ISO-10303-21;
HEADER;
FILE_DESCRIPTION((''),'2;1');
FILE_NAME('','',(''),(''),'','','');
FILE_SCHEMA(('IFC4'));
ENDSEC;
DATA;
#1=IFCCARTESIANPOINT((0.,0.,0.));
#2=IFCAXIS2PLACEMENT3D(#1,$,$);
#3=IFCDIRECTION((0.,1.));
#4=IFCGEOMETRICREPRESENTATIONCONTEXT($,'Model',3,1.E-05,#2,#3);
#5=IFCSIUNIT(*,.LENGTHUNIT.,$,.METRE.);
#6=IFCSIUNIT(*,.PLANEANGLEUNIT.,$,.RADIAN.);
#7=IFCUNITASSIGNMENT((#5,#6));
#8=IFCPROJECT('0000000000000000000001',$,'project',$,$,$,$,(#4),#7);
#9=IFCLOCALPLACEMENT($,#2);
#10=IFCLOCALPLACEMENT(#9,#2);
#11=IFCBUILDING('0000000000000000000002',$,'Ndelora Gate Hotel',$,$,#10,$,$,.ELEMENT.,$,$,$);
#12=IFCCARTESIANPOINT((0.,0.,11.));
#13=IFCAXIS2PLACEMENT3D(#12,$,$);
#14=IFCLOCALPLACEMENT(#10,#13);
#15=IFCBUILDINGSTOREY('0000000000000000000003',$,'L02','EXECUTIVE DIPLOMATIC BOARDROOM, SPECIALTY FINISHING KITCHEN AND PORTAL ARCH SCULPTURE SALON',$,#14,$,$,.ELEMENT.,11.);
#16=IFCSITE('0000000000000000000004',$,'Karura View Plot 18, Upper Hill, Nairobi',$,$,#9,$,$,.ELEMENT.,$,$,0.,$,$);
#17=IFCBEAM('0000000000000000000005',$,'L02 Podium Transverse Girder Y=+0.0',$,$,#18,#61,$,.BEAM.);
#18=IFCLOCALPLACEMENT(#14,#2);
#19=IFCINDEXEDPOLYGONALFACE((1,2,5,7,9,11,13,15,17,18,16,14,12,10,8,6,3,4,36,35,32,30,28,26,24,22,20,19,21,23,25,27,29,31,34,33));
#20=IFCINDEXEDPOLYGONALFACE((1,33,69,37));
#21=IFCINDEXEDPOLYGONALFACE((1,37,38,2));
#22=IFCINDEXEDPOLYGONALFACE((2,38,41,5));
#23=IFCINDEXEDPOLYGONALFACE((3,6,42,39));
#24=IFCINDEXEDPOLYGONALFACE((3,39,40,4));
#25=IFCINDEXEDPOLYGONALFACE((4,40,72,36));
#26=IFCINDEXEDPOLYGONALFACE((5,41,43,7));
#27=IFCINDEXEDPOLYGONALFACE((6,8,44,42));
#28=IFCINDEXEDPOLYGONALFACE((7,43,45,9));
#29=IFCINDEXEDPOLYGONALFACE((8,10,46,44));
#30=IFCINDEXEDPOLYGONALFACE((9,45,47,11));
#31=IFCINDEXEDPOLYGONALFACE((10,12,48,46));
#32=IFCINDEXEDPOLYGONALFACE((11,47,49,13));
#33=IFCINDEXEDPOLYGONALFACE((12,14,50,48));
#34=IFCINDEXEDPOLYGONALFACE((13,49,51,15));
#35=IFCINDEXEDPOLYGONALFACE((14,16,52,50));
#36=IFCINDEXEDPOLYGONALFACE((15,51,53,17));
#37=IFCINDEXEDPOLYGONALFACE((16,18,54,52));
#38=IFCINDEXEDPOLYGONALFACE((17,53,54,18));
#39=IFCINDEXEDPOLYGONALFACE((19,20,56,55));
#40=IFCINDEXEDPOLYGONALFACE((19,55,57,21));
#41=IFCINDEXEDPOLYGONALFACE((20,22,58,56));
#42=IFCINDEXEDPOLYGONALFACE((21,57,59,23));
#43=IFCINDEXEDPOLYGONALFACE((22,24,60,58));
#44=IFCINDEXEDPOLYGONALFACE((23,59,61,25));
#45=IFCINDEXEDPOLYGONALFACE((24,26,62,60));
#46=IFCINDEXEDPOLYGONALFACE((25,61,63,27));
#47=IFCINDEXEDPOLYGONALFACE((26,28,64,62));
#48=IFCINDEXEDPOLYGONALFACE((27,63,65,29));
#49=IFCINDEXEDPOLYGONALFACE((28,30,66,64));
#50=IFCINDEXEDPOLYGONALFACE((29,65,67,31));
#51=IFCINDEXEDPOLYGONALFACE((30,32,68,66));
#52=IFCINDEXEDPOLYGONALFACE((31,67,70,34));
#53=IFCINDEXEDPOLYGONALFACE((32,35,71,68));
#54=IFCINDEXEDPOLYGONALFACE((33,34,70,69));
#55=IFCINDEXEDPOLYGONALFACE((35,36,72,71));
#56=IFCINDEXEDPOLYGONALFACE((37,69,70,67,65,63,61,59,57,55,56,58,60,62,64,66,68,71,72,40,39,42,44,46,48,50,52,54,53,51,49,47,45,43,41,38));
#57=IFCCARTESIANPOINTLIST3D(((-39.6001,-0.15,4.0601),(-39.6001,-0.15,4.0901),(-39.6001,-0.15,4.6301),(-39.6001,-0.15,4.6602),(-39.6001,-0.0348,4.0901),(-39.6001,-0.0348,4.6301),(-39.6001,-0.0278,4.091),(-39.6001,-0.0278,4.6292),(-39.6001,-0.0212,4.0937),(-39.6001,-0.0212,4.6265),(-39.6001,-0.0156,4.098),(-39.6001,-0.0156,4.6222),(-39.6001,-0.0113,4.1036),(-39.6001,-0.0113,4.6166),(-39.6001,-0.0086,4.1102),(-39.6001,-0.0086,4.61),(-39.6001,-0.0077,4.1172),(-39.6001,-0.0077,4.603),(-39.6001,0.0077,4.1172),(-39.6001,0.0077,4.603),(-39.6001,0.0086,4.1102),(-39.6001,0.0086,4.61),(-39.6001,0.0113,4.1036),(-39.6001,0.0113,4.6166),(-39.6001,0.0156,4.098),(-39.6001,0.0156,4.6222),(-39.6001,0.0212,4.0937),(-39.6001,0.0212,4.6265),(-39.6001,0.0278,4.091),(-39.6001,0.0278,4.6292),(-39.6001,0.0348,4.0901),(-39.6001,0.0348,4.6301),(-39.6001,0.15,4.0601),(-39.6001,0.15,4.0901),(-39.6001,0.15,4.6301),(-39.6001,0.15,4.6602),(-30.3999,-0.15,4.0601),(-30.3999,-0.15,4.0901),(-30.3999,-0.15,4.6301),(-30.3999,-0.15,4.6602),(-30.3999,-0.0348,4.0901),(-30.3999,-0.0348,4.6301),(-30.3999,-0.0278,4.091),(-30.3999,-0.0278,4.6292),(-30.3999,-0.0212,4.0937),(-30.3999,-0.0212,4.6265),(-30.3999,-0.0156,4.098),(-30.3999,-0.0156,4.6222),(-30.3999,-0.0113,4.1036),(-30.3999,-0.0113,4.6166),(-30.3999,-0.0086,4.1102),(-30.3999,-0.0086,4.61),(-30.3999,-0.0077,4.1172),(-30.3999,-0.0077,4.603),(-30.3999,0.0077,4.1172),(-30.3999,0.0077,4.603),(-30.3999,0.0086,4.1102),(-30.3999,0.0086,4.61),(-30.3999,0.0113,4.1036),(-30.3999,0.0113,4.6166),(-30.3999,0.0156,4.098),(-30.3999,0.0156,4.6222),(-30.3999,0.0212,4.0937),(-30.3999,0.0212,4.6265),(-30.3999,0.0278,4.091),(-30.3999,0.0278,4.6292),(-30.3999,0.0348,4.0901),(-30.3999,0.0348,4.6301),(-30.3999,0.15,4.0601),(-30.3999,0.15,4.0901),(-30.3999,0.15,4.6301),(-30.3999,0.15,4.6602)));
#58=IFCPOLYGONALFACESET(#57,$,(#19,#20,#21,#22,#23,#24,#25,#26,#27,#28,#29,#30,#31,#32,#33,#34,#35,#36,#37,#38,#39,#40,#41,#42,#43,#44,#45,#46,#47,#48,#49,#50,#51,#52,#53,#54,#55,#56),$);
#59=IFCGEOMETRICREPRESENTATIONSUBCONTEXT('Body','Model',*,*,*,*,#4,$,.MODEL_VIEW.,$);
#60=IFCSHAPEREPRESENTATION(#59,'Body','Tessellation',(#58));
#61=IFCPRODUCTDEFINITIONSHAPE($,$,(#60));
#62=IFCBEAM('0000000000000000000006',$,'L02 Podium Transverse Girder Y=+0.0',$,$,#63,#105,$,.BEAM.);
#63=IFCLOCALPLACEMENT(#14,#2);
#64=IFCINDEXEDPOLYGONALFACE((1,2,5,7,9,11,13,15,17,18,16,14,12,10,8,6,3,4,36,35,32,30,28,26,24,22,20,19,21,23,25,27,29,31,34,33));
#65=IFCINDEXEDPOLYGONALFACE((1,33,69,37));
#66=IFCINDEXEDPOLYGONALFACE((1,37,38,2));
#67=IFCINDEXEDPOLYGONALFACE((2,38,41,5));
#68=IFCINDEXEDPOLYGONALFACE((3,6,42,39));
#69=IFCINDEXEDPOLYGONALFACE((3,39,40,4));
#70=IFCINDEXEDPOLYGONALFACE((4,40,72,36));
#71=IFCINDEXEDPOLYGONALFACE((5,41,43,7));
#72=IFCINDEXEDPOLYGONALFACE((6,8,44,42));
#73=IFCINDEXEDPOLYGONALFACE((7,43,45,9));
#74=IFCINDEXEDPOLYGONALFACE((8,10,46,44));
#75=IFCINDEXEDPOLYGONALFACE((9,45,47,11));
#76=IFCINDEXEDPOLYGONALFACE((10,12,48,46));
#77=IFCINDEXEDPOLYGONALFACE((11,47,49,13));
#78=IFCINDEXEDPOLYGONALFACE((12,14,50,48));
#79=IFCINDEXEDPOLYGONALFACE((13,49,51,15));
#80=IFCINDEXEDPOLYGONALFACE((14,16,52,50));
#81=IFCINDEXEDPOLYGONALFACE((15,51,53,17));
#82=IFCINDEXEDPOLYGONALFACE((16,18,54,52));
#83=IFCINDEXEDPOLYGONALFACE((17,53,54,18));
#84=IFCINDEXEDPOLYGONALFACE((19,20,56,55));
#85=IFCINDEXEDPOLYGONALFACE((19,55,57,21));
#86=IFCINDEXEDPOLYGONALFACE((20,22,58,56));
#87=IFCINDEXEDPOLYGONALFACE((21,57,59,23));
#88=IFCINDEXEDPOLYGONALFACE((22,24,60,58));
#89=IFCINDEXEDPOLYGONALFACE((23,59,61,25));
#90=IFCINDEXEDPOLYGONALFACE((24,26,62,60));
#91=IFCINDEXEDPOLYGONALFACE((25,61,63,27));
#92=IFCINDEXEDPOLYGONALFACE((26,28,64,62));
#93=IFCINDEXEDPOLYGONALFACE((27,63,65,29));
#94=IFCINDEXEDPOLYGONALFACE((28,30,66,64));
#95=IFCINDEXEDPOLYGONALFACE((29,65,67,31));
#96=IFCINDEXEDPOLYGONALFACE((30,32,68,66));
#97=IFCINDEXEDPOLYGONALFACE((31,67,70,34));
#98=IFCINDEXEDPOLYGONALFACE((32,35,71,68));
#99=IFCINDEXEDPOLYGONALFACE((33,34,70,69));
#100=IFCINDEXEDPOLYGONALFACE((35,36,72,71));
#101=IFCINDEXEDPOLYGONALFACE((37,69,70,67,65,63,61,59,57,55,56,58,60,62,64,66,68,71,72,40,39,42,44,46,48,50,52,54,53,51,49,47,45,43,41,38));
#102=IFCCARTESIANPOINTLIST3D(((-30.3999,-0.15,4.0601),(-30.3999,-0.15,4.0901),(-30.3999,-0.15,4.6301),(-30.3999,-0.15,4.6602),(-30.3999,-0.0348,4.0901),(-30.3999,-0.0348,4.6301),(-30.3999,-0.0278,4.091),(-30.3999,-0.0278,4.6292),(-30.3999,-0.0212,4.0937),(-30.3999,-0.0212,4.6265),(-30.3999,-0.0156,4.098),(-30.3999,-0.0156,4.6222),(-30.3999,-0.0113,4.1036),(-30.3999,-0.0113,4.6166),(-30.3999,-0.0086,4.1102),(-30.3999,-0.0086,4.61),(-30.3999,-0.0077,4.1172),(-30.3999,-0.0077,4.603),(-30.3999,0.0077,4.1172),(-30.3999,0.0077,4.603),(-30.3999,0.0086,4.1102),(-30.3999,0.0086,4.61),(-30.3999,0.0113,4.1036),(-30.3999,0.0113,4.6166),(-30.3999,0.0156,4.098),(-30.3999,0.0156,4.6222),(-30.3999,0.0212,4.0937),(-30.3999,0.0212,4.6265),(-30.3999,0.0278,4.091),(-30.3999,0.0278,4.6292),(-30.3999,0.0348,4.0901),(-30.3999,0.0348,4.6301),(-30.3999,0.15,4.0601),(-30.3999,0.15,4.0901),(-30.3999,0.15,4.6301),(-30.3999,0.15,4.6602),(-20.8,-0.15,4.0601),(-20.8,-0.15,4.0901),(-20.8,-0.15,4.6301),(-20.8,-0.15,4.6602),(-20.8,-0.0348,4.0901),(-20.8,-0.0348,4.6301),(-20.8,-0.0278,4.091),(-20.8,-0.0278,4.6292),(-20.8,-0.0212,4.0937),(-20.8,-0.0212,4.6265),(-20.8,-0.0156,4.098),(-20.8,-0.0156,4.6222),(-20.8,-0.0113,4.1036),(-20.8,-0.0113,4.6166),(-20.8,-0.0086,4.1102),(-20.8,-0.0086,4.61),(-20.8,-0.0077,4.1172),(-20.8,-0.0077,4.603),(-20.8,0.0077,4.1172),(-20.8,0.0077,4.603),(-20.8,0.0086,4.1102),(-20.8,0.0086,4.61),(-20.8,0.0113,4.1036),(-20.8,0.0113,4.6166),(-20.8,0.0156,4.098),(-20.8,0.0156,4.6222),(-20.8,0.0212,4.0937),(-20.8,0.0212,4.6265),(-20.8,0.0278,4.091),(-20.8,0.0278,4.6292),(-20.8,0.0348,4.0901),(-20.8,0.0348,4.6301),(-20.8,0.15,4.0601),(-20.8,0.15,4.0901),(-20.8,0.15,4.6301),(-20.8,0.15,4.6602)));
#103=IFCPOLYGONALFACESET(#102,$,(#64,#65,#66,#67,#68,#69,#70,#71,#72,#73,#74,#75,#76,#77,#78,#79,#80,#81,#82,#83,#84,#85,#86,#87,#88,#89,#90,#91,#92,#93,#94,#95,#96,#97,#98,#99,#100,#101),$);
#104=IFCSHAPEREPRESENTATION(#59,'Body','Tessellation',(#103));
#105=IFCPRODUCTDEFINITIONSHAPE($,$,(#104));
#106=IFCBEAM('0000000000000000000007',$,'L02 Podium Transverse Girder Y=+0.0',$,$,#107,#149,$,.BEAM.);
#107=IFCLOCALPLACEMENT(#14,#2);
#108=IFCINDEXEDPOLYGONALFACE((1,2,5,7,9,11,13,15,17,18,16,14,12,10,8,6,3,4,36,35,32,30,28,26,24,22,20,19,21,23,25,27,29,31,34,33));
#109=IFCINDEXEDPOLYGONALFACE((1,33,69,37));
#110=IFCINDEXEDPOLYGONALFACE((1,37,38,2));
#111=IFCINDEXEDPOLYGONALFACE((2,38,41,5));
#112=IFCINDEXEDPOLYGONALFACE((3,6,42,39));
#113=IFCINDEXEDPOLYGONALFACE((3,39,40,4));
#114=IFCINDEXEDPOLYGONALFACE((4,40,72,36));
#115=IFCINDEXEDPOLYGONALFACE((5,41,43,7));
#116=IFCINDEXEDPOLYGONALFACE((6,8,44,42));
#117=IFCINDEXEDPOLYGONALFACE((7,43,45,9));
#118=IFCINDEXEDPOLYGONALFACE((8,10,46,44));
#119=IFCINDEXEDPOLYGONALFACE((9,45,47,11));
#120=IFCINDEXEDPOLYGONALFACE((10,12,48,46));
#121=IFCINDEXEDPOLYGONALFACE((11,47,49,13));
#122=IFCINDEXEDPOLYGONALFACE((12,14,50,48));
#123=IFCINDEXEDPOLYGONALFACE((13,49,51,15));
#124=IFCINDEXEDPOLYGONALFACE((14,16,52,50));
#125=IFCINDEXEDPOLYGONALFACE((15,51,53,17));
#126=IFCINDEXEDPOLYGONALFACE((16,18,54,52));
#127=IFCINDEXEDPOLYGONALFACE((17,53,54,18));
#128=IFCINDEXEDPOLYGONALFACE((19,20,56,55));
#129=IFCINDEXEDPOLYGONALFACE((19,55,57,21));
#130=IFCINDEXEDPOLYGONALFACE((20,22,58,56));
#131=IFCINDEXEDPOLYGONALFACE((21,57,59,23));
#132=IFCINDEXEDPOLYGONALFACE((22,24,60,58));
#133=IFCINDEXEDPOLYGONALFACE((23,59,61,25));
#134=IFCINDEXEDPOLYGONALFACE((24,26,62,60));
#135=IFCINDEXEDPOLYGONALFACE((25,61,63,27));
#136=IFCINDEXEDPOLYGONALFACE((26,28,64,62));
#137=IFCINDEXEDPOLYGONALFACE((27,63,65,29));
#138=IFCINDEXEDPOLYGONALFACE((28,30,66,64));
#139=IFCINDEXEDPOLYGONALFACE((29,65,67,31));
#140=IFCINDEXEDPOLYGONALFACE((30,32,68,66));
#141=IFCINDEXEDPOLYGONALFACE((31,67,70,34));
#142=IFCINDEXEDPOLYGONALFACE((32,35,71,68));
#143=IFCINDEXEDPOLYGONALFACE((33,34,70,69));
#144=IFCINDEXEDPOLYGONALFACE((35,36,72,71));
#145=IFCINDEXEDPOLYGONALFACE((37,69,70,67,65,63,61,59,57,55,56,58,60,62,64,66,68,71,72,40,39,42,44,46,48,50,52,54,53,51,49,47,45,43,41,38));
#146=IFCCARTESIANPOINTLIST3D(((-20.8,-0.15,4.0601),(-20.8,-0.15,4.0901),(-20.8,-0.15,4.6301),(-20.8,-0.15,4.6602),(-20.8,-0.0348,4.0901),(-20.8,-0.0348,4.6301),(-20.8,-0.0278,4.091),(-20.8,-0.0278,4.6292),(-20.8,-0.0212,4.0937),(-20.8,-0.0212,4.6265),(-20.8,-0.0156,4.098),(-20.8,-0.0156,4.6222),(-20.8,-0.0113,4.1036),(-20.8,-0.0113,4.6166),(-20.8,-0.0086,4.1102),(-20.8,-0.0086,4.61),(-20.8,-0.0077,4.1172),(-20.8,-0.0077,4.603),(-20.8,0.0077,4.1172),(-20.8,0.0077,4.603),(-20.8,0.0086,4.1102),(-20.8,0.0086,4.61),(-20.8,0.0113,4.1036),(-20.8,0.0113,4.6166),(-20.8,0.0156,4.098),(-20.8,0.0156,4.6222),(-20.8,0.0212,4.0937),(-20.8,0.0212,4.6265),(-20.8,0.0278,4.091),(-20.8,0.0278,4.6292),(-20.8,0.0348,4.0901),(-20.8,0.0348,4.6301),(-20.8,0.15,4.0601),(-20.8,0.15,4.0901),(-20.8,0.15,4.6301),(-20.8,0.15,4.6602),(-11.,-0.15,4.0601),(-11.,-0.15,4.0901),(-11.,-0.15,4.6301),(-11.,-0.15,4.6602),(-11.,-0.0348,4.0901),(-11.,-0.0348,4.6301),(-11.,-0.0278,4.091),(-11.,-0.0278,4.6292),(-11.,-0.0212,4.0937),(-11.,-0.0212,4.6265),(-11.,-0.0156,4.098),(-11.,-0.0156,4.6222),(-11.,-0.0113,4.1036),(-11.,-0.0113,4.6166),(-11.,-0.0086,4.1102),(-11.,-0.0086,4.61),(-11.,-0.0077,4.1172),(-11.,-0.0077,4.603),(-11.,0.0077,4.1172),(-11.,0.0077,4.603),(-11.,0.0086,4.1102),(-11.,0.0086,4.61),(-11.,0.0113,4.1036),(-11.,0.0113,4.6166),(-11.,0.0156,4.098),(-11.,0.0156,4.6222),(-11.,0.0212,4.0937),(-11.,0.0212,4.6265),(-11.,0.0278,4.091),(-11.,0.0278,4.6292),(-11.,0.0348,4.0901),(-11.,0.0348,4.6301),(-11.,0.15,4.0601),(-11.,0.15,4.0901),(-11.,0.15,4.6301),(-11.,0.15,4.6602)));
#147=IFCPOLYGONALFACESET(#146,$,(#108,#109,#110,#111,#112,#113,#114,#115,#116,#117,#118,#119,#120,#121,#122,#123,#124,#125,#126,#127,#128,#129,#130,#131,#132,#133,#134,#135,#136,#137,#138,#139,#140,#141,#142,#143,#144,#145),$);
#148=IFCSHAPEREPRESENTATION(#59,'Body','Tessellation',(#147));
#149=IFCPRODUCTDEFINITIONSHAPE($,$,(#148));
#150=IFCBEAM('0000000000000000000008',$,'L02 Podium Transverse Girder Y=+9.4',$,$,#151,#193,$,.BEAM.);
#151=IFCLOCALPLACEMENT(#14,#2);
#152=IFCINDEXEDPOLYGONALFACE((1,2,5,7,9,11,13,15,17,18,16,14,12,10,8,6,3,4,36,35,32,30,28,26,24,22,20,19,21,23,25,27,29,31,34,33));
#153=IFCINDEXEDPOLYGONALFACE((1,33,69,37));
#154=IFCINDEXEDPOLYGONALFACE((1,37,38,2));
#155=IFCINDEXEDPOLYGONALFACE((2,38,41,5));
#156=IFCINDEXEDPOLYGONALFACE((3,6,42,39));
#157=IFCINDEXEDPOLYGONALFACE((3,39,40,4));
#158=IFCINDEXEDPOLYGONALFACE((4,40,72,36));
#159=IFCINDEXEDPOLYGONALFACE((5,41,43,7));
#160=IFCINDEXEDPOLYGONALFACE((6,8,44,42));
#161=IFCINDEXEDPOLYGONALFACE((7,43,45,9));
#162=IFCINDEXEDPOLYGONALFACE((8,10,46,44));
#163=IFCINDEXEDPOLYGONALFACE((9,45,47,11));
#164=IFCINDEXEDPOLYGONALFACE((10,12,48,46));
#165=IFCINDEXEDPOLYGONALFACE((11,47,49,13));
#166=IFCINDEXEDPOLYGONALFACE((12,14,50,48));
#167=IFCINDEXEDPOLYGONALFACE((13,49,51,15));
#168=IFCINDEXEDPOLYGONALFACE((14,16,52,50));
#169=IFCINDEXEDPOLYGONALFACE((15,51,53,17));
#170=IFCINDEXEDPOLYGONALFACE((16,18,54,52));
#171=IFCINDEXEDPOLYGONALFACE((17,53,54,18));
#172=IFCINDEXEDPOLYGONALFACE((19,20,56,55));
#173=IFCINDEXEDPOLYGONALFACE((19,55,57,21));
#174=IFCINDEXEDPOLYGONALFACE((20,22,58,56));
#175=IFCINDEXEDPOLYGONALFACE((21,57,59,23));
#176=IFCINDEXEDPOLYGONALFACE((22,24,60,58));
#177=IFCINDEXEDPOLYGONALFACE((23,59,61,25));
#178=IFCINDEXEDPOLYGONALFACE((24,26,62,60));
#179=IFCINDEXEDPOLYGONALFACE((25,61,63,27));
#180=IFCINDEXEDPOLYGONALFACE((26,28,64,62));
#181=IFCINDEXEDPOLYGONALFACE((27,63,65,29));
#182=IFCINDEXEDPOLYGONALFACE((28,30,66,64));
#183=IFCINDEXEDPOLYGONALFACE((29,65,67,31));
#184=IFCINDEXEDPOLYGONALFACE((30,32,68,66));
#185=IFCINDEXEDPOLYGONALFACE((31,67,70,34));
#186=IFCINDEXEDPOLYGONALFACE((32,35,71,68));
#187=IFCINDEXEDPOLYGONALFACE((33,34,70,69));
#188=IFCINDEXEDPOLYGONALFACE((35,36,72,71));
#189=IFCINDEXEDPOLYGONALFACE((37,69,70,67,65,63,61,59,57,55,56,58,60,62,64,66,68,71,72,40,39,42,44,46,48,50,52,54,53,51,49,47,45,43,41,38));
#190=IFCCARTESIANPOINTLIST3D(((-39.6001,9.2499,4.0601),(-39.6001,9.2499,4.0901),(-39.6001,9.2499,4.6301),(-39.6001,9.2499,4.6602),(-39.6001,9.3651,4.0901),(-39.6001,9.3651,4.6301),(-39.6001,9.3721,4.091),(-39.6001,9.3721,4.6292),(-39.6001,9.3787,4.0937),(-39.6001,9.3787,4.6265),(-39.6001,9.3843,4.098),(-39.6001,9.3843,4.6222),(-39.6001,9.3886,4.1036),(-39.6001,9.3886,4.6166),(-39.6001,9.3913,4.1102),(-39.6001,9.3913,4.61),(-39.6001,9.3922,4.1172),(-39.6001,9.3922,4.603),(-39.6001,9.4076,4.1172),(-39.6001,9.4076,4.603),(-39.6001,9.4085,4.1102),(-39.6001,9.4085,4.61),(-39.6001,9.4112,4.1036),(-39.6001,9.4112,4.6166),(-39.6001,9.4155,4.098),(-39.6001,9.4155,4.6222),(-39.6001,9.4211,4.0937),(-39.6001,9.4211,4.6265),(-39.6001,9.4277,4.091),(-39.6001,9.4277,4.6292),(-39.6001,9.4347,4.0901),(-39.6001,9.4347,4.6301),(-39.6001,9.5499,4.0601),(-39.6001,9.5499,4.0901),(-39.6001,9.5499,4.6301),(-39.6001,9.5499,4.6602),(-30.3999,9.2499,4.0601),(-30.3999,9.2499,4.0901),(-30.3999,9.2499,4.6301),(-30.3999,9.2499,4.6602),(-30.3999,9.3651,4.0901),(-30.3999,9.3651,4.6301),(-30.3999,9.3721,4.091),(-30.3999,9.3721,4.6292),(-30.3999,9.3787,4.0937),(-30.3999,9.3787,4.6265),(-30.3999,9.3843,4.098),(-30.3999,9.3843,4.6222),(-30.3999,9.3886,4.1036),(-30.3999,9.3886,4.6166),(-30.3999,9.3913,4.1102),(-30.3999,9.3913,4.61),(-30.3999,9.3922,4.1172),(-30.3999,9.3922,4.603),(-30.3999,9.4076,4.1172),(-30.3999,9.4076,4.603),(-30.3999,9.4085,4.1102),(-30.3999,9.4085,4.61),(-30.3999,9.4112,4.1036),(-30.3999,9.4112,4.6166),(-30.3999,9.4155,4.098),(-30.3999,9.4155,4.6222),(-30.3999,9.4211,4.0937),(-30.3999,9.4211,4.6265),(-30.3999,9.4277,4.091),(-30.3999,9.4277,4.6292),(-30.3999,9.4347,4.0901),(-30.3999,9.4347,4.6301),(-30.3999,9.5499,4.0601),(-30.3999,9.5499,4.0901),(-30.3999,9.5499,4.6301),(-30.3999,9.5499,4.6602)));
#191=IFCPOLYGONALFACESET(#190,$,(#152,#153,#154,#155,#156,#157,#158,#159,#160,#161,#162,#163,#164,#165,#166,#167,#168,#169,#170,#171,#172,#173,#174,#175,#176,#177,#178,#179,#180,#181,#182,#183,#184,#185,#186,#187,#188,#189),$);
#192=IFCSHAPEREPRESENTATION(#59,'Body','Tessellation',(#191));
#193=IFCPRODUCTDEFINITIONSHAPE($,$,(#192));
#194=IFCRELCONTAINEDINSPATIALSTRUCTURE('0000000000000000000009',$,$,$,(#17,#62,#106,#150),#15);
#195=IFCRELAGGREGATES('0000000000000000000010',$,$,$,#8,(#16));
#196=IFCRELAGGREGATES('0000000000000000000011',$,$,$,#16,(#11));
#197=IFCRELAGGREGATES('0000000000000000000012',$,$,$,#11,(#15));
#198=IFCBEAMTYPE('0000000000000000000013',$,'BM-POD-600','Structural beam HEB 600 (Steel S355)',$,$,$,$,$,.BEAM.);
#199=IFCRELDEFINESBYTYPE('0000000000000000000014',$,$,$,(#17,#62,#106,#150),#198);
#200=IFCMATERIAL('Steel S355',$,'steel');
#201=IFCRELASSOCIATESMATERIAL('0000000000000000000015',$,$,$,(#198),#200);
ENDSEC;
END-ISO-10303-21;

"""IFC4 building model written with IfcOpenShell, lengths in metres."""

from ifc_helpers import new_model, si_unit, direction, frame, origin, origin_2d, place, context, subcontext, project, spatial, i_section, extrude, material, material_profile, profile_set, type_object, element, save


model = new_model("IFC4")

# Units and contexts
model_context = context("Model", 3, precision=1e-05, world=origin(), true_north=direction((0.0, 1.0)))
body_context = subcontext(model_context, "Body", "Model", "MODEL_VIEW")
ifc_project = project(units=[si_unit("LENGTHUNIT", "METRE"), si_unit("PLANEANGLEUNIT", "RADIAN")], contexts=[model_context])

# Site, building, storey
site_placement = place(None, origin())
site = spatial("IfcSite", under=ifc_project, at=site_placement, Name="Karura View Plot 18, Upper Hill, Nairobi", CompositionType="ELEMENT", RefElevation=0.0)
building_placement = place(site_placement, origin())
building = spatial("IfcBuilding", under=site, at=building_placement, Name="Ndelora Gate Hotel", CompositionType="ELEMENT")
storey_placement = place(building_placement, frame((0.0, 0.0, 11.0)))
storey = spatial("IfcBuildingStorey", under=building, at=storey_placement, Name="L02", Description="EXECUTIVE DIPLOMATIC BOARDROOM, SPECIALTY FINISHING KITCHEN AND PORTAL ARCH SCULPTURE SALON", CompositionType="ELEMENT", Elevation=11.0)

# Beams
ifc_material_1 = material(Name="Steel S355", Category="steel")
ifc_material_profile_1 = material_profile(ifc_material_1, i_section(OverallWidth=0.3, OverallDepth=0.6001, WebThickness=0.0154, FlangeThickness=0.03, FilletRadius=0.0271, at=origin_2d()), Name="HEB 600")
ifc_profile_set_1 = profile_set([ifc_material_profile_1], Name="Steel S355")
beam_type_1 = type_object("IfcBeamType", Name="BM-POD-600", Description="Structural beam HEB 600 (Steel S355)", PredefinedType="BEAM", material=ifc_profile_set_1)
beam_1_placement = place(storey_placement, frame((-39.6001, 0.0, 4.3601), z_axis=(1.0, 0.0, 0.0), x_axis=(0.0, 1.0, 0.0)))
element("IfcBeam", 1, at=beam_1_placement, inside=storey, type_object=beam_type_1, Name="L02 Podium Transverse Girder Y=+0.0", PredefinedType="BEAM", context=body_context, shape_type="SweptSolid", body=[
    extrude(i_section(OverallWidth=0.3, OverallDepth=0.6001, WebThickness=0.0154, FlangeThickness=0.03, FilletRadius=0.0271, at=origin_2d()), origin(), (0.0, 0.0, 1.0), 9.2002),
])
beam_2_placement = place(storey_placement, frame((-30.3999, 0.0, 4.3601), z_axis=(1.0, 0.0, 0.0), x_axis=(0.0, 1.0, 0.0)))
element("IfcBeam", 2, at=beam_2_placement, inside=storey, type_object=beam_type_1, Name="L02 Podium Transverse Girder Y=+0.0", PredefinedType="BEAM", context=body_context, shape_type="SweptSolid", body=[
    extrude(i_section(OverallWidth=0.3, OverallDepth=0.6001, WebThickness=0.0154, FlangeThickness=0.03, FilletRadius=0.0271, at=origin_2d()), origin(), (0.0, 0.0, 1.0), 9.5999),
])
beam_3_placement = place(storey_placement, frame((-20.8, 0.0, 4.3601), z_axis=(1.0, 0.0, 0.0), x_axis=(0.0, 1.0, 0.0)))
element("IfcBeam", 3, at=beam_3_placement, inside=storey, type_object=beam_type_1, Name="L02 Podium Transverse Girder Y=+0.0", PredefinedType="BEAM", context=body_context, shape_type="SweptSolid", body=[
    extrude(i_section(OverallWidth=0.3, OverallDepth=0.6001, WebThickness=0.0154, FlangeThickness=0.03, FilletRadius=0.0271, at=origin_2d()), origin(), (0.0, 0.0, 1.0), 9.8),
])
beam_4_placement = place(storey_placement, frame((-39.6001, 9.3999, 4.3601), z_axis=(1.0, 0.0, 0.0), x_axis=(0.0, 1.0, 0.0)))
element("IfcBeam", 4, at=beam_4_placement, inside=storey, type_object=beam_type_1, Name="L02 Podium Transverse Girder Y=+9.4", PredefinedType="BEAM", context=body_context, shape_type="SweptSolid", body=[
    extrude(i_section(OverallWidth=0.3, OverallDepth=0.6001, WebThickness=0.0154, FlangeThickness=0.03, FilletRadius=0.0271, at=origin_2d()), origin(), (0.0, 0.0, 1.0), 9.2002),
])

save(model, "model.ifc")
